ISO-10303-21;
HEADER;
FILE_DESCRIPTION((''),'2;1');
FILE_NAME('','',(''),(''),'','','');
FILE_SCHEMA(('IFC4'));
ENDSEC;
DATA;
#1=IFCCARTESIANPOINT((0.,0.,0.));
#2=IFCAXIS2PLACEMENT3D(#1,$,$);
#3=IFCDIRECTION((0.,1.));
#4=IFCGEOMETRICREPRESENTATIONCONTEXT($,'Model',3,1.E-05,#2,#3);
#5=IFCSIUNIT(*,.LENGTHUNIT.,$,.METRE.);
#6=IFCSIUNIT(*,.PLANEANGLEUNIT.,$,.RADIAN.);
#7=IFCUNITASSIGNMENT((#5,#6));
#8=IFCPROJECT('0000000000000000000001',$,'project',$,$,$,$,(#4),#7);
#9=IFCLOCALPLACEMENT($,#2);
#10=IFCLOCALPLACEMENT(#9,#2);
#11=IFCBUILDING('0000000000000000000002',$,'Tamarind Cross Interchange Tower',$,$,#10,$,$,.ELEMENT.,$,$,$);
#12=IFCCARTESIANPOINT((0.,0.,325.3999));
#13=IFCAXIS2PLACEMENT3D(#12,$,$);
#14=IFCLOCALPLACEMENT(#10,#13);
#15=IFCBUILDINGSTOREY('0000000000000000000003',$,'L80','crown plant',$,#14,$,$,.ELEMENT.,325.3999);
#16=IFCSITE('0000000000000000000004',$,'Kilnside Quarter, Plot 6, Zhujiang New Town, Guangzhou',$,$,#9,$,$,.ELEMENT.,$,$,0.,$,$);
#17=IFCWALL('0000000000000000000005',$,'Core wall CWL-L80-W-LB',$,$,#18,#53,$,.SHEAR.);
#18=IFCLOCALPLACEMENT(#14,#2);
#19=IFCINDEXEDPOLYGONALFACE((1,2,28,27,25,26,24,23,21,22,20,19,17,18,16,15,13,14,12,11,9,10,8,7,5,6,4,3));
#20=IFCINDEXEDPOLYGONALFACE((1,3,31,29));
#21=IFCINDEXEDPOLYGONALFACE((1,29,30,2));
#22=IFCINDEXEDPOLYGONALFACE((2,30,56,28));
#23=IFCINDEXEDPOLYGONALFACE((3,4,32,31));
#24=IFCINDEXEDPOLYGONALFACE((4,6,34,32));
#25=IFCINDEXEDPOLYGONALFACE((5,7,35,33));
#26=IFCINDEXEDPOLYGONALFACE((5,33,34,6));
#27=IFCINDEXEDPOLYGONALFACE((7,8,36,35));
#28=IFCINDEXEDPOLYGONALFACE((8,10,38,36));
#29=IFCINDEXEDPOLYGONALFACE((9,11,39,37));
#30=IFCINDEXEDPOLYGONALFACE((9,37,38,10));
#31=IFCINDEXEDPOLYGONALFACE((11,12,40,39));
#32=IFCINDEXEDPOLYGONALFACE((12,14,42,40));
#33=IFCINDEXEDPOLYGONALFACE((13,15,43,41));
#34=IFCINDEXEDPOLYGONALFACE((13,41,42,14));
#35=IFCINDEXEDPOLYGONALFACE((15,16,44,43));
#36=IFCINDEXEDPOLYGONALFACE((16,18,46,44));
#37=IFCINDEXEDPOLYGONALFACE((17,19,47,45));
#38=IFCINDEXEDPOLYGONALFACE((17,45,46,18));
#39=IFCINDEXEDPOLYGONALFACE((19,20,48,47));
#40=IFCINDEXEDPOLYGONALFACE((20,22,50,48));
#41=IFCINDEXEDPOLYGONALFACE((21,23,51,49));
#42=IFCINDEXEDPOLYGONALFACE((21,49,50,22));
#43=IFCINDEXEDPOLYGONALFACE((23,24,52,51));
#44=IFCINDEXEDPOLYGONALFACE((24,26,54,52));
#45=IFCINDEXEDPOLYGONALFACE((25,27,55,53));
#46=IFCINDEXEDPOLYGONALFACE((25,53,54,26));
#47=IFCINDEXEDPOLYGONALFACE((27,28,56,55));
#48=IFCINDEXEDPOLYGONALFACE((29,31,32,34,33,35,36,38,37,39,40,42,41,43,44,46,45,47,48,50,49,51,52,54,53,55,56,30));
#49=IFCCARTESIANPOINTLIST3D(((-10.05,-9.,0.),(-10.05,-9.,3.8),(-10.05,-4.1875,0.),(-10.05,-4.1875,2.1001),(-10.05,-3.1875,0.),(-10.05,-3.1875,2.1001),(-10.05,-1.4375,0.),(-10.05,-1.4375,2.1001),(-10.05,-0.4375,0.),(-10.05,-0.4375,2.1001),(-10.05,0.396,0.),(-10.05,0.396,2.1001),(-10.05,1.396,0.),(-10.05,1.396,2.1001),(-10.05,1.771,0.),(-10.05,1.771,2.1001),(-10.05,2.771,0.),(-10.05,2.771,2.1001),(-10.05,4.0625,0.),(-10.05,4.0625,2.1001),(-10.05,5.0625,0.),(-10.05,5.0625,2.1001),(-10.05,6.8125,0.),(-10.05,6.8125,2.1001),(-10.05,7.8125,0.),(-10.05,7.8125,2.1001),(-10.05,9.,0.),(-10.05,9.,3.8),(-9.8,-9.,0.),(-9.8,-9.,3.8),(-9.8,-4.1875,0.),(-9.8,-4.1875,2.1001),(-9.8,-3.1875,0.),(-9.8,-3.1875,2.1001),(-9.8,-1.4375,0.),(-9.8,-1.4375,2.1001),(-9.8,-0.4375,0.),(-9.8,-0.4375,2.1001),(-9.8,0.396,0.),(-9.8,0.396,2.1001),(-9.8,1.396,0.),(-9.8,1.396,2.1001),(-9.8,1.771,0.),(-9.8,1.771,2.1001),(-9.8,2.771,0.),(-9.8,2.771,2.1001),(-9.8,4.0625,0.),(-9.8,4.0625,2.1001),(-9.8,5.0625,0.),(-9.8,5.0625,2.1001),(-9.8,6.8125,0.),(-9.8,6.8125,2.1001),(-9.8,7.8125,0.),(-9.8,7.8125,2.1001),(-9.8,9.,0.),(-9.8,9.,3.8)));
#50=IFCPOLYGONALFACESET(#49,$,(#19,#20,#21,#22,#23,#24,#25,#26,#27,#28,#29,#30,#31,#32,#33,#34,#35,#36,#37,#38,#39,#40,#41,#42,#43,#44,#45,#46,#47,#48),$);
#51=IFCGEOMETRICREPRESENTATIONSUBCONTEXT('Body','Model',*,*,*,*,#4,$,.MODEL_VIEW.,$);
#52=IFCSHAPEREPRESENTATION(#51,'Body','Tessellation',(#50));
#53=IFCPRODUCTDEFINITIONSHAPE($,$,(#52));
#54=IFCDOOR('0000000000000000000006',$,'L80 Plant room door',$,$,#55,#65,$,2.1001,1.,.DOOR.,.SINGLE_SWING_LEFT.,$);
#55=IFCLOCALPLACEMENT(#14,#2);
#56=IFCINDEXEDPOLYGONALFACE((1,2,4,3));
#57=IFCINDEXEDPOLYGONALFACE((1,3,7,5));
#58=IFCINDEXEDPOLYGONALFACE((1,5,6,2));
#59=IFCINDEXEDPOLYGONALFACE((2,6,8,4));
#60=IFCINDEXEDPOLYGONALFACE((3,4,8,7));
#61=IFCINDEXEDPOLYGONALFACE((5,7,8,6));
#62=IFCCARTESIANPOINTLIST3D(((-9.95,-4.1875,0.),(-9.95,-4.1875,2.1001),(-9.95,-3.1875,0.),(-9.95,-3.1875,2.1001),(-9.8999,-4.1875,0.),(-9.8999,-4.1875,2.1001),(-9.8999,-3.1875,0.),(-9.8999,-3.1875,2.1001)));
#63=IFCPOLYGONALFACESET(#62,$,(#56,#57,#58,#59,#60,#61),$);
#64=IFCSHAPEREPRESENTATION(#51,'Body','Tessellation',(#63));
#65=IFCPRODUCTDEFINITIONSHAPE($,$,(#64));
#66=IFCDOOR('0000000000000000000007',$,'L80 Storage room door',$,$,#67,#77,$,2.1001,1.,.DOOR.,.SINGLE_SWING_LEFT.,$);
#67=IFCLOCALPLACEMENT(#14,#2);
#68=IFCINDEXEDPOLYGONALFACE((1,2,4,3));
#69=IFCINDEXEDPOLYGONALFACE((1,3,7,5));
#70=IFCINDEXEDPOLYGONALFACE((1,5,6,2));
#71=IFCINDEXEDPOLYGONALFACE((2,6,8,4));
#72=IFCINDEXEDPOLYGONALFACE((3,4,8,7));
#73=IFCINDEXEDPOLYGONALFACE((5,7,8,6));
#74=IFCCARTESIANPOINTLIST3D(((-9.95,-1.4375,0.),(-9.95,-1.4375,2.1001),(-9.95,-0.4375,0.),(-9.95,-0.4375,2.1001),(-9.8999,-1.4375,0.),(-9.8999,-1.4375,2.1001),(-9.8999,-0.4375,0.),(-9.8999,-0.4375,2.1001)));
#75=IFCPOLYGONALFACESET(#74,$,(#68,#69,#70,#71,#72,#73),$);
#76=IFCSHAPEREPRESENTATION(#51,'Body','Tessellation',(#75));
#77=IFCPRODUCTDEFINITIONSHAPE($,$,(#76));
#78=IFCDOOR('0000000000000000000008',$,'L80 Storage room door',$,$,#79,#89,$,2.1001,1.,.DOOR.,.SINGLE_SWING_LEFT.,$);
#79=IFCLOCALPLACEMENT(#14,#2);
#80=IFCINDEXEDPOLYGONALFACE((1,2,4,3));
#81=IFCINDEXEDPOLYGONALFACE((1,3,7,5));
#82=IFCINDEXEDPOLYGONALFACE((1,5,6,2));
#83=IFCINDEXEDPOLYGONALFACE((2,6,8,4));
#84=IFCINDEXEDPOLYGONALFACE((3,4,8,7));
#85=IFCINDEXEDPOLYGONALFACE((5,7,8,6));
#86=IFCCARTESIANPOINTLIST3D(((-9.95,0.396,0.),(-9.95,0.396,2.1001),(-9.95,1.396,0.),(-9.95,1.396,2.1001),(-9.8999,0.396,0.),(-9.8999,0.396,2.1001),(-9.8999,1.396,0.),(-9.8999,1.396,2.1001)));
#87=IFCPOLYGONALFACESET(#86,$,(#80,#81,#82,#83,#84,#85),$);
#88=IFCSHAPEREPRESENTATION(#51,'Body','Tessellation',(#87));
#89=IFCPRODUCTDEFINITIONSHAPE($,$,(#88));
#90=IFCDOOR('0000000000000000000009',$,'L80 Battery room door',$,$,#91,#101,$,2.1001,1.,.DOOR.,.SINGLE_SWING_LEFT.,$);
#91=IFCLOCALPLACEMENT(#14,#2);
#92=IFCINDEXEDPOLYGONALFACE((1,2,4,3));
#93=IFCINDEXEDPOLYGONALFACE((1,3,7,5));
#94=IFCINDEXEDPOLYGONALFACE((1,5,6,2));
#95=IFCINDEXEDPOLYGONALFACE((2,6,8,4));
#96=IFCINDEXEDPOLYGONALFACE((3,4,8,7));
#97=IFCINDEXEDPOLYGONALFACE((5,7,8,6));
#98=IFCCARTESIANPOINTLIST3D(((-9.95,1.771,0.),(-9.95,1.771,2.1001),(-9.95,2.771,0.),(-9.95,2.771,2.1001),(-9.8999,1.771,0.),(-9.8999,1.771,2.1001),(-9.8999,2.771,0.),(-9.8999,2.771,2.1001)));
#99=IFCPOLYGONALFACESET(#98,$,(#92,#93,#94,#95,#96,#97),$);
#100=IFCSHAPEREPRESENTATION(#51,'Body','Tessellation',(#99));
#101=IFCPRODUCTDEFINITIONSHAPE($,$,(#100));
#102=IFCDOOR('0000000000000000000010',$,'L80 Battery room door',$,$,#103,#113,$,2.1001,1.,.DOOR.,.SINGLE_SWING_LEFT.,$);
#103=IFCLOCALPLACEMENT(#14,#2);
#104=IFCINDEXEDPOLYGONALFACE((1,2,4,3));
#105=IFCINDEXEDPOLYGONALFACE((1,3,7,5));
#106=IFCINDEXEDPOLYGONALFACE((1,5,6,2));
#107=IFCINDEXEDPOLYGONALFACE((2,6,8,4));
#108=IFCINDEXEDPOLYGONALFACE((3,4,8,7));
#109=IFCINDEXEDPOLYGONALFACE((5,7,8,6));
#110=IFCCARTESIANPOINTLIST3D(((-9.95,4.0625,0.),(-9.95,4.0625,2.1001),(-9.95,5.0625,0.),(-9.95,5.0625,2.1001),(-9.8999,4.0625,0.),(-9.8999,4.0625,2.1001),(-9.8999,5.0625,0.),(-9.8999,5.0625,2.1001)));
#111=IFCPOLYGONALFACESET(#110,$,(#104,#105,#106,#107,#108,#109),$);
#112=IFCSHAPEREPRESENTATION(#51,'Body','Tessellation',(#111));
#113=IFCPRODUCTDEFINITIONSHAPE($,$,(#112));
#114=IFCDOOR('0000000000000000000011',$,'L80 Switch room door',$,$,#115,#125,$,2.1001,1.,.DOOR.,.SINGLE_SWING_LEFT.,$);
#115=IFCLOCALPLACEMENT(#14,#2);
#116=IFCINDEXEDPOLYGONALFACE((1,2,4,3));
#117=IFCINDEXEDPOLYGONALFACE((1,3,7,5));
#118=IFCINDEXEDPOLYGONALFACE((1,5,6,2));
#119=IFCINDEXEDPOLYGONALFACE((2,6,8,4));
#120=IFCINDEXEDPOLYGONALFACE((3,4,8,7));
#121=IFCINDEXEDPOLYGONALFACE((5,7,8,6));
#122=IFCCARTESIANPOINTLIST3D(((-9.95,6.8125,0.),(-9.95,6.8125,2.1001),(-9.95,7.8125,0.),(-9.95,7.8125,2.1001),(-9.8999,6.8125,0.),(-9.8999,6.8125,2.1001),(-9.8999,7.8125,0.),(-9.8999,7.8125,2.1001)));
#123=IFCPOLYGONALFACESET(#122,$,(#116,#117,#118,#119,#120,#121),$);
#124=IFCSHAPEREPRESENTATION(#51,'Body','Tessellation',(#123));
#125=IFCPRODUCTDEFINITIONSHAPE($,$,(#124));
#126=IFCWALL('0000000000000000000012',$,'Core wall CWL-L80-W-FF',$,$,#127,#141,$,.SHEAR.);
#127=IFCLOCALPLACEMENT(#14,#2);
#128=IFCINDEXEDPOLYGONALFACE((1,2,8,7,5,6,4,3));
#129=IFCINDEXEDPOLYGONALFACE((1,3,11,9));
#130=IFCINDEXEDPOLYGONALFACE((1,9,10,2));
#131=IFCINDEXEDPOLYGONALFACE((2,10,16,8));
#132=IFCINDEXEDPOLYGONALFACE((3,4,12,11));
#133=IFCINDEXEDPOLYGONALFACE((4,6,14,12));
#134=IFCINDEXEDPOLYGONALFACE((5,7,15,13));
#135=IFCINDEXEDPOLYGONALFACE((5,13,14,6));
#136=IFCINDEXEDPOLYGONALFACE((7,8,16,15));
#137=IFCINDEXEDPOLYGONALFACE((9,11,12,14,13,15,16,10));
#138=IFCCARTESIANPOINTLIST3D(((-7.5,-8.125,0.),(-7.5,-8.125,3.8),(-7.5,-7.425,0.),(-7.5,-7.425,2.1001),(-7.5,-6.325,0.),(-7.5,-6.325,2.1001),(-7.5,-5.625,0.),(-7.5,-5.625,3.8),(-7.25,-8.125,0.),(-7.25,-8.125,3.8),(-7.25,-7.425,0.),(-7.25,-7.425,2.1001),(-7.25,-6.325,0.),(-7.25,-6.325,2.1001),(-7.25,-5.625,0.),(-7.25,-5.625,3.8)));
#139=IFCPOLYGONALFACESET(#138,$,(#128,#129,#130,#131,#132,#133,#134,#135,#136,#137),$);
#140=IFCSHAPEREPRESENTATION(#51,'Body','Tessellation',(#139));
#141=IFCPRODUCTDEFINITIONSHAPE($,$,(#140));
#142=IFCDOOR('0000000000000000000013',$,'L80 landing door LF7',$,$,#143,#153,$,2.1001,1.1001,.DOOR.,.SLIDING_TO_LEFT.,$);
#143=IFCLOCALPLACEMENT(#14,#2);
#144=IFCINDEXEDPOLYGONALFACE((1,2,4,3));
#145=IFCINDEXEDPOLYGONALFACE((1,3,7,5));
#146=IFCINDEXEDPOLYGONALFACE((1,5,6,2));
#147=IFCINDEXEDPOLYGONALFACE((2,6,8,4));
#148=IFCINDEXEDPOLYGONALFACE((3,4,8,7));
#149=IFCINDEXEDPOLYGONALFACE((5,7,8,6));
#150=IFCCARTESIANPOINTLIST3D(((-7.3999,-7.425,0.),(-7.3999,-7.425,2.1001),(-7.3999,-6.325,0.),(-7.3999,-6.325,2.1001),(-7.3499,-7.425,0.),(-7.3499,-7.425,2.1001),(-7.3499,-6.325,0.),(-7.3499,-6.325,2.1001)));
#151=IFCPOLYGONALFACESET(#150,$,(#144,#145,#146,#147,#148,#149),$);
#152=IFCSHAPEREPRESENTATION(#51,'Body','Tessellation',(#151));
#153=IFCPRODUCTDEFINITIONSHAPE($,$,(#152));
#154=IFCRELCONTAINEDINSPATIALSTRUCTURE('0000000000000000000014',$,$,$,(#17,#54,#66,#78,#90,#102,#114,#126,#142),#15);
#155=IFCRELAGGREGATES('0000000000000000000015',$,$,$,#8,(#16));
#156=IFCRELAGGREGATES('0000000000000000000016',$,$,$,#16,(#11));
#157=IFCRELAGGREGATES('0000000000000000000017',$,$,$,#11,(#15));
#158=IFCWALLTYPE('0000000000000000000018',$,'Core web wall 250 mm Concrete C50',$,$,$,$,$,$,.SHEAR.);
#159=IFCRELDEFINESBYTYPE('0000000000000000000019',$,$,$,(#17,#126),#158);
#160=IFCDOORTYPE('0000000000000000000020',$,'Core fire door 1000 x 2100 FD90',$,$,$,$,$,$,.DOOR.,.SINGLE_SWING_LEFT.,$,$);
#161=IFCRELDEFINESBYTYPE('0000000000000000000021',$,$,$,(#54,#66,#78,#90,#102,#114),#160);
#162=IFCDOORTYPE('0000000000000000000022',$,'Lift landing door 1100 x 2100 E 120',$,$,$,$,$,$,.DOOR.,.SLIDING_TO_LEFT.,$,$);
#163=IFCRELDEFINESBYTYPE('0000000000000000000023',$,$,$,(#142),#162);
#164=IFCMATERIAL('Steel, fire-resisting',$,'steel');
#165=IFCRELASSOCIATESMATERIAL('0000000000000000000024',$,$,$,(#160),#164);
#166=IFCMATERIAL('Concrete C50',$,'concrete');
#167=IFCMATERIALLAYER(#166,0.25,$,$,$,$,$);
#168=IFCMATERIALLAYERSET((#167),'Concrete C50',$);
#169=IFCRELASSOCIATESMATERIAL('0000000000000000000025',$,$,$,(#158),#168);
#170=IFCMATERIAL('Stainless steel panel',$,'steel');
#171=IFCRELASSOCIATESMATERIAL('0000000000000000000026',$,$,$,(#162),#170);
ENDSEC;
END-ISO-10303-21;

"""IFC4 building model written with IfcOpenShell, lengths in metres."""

from ifc_helpers import new_model, si_unit, direction, frame, frame_2d, origin, place, context, subcontext, project, spatial, rectangle, extrude, material, layer, layer_set, type_object, element, fill, save


model = new_model("IFC4")

# Units and contexts
model_context = context("Model", 3, precision=1e-05, world=origin(), true_north=direction((0.0, 1.0)))
body_context = subcontext(model_context, "Body", "Model", "MODEL_VIEW")
ifc_project = project(units=[si_unit("LENGTHUNIT", "METRE"), si_unit("PLANEANGLEUNIT", "RADIAN")], contexts=[model_context])

# Site, building, storey
site_placement = place(None, origin())
site = spatial("IfcSite", under=ifc_project, at=site_placement, Name="Kilnside Quarter, Plot 6, Zhujiang New Town, Guangzhou", CompositionType="ELEMENT", RefElevation=0.0)
building_placement = place(site_placement, origin())
building = spatial("IfcBuilding", under=site, at=building_placement, Name="Tamarind Cross Interchange Tower", CompositionType="ELEMENT")
storey_placement = place(building_placement, frame((0.0, 0.0, 325.3999)))
storey = spatial("IfcBuildingStorey", under=building, at=storey_placement, Name="L80", Description="crown plant", CompositionType="ELEMENT", Elevation=325.3999)

# Wall, openings, doors
ifc_material_1 = material(Name="Concrete C50", Category="concrete")
ifc_material_2 = material(Name="Steel, fire-resisting", Category="steel")
door_type_1 = type_object("IfcDoorType", Name="Core fire door 1000 x 2100 FD90", OperationType="SINGLE_SWING_LEFT", PredefinedType="DOOR", material=ifc_material_2)
ifc_layer_1 = layer(ifc_material_1, 0.25)
ifc_layer_set_1 = layer_set([ifc_layer_1], Name="Concrete C50")
wall_type_1 = type_object("IfcWallType", Name="Core web wall 250 mm Concrete C50", PredefinedType="SHEAR", material=ifc_layer_set_1)
ifc_material_3 = material(Name="Stainless steel panel", Category="steel")
wall_1_placement = place(storey_placement, frame((-9.925, -9.0, 0.0), z_axis=(0.0, 0.0, 1.0), x_axis=(0.0, 1.0, 0.0)))
wall_1 = element("IfcWall", 1, at=wall_1_placement, inside=storey, type_object=wall_type_1, Name="Core wall CWL-L80-W-LB", PredefinedType="SHEAR", context=body_context, shape_type="SweptSolid", body=[
    extrude(rectangle(XDim=18.0, YDim=0.25, at=frame_2d((9.0, 0.0))), origin(), (0.0, 0.0, 1.0), 3.8),
])
opening_1_placement = place(wall_1_placement, frame((4.8125, 0.0, 0.0)))
opening_1 = element("IfcOpeningElement", 2, at=opening_1_placement, cuts=wall_1, PredefinedType="OPENING", context=body_context, shape_type="SweptSolid", body=[
    extrude(rectangle(XDim=1.0, YDim=2.1001, at=frame_2d((0.5, 1.05))), frame((0.0, 0.135, 0.0), z_axis=(0.0, -1.0, 0.0), x_axis=(1.0, 0.0, 0.0)), (0.0, 0.0, 1.0), 0.27),
])
opening_2_placement = place(wall_1_placement, frame((7.5625, 0.0, 0.0)))
opening_2 = element("IfcOpeningElement", 3, at=opening_2_placement, cuts=wall_1, PredefinedType="OPENING", context=body_context, shape_type="SweptSolid", body=[
    extrude(rectangle(XDim=1.0, YDim=2.1001, at=frame_2d((0.5, 1.05))), frame((0.0, 0.135, 0.0), z_axis=(0.0, -1.0, 0.0), x_axis=(1.0, 0.0, 0.0)), (0.0, 0.0, 1.0), 0.27),
])
opening_3_placement = place(wall_1_placement, frame((9.396, 0.0, 0.0)))
opening_3 = element("IfcOpeningElement", 4, at=opening_3_placement, cuts=wall_1, PredefinedType="OPENING", context=body_context, shape_type="SweptSolid", body=[
    extrude(rectangle(XDim=1.0, YDim=2.1001, at=frame_2d((0.5, 1.05))), frame((0.0, 0.135, 0.0), z_axis=(0.0, -1.0, 0.0), x_axis=(1.0, 0.0, 0.0)), (0.0, 0.0, 1.0), 0.27),
])
opening_4_placement = place(wall_1_placement, frame((10.771, 0.0, 0.0)))
opening_4 = element("IfcOpeningElement", 5, at=opening_4_placement, cuts=wall_1, PredefinedType="OPENING", context=body_context, shape_type="SweptSolid", body=[
    extrude(rectangle(XDim=1.0, YDim=2.1001, at=frame_2d((0.5, 1.05))), frame((0.0, 0.135, 0.0), z_axis=(0.0, -1.0, 0.0), x_axis=(1.0, 0.0, 0.0)), (0.0, 0.0, 1.0), 0.27),
])
opening_5_placement = place(wall_1_placement, frame((13.0625, 0.0, 0.0)))
opening_5 = element("IfcOpeningElement", 6, at=opening_5_placement, cuts=wall_1, PredefinedType="OPENING", context=body_context, shape_type="SweptSolid", body=[
    extrude(rectangle(XDim=1.0, YDim=2.1001, at=frame_2d((0.5, 1.05))), frame((0.0, 0.135, 0.0), z_axis=(0.0, -1.0, 0.0), x_axis=(1.0, 0.0, 0.0)), (0.0, 0.0, 1.0), 0.27),
])
opening_6_placement = place(wall_1_placement, frame((15.8125, 0.0, 0.0)))
opening_6 = element("IfcOpeningElement", 7, at=opening_6_placement, cuts=wall_1, PredefinedType="OPENING", context=body_context, shape_type="SweptSolid", body=[
    extrude(rectangle(XDim=1.0, YDim=2.1001, at=frame_2d((0.5, 1.05))), frame((0.0, 0.135, 0.0), z_axis=(0.0, -1.0, 0.0), x_axis=(1.0, 0.0, 0.0)), (0.0, 0.0, 1.0), 0.27),
])
door_1_placement = place(opening_1_placement, origin())
door_1 = element("IfcDoor", 8, at=door_1_placement, inside=storey, type_object=door_type_1, Name="L80 Plant room door", OperationType="SINGLE_SWING_LEFT", OverallHeight=2.1001, OverallWidth=1.0, PredefinedType="DOOR", context=body_context, shape_type="SweptSolid", body=[
    extrude(rectangle(XDim=1.0, YDim=2.1001, at=frame_2d((0.5, 1.05))), frame((0.0, 0.0249, 0.0), z_axis=(0.0, -1.0, 0.0), x_axis=(1.0, 0.0, 0.0)), (0.0, 0.0, 1.0), 0.05),
])
fill(opening_1, door_1)
door_2_placement = place(opening_2_placement, origin())
door_2 = element("IfcDoor", 9, at=door_2_placement, inside=storey, type_object=door_type_1, Name="L80 Storage room door", OperationType="SINGLE_SWING_LEFT", OverallHeight=2.1001, OverallWidth=1.0, PredefinedType="DOOR", context=body_context, shape_type="SweptSolid", body=[
    extrude(rectangle(XDim=1.0, YDim=2.1001, at=frame_2d((0.5, 1.05))), frame((0.0, 0.0249, 0.0), z_axis=(0.0, -1.0, 0.0), x_axis=(1.0, 0.0, 0.0)), (0.0, 0.0, 1.0), 0.05),
])
fill(opening_2, door_2)
door_3_placement = place(opening_3_placement, origin())
door_3 = element("IfcDoor", 10, at=door_3_placement, inside=storey, type_object=door_type_1, Name="L80 Storage room door", OperationType="SINGLE_SWING_LEFT", OverallHeight=2.1001, OverallWidth=1.0, PredefinedType="DOOR", context=body_context, shape_type="SweptSolid", body=[
    extrude(rectangle(XDim=1.0, YDim=2.1001, at=frame_2d((0.5, 1.05))), frame((0.0, 0.0249, 0.0), z_axis=(0.0, -1.0, 0.0), x_axis=(1.0, 0.0, 0.0)), (0.0, 0.0, 1.0), 0.05),
])
fill(opening_3, door_3)
door_4_placement = place(opening_4_placement, origin())
door_4 = element("IfcDoor", 11, at=door_4_placement, inside=storey, type_object=door_type_1, Name="L80 Battery room door", OperationType="SINGLE_SWING_LEFT", OverallHeight=2.1001, OverallWidth=1.0, PredefinedType="DOOR", context=body_context, shape_type="SweptSolid", body=[
    extrude(rectangle(XDim=1.0, YDim=2.1001, at=frame_2d((0.5, 1.05))), frame((0.0, 0.0249, 0.0), z_axis=(0.0, -1.0, 0.0), x_axis=(1.0, 0.0, 0.0)), (0.0, 0.0, 1.0), 0.05),
])
fill(opening_4, door_4)
door_5_placement = place(opening_5_placement, origin())
door_5 = element("IfcDoor", 12, at=door_5_placement, inside=storey, type_object=door_type_1, Name="L80 Battery room door", OperationType="SINGLE_SWING_LEFT", OverallHeight=2.1001, OverallWidth=1.0, PredefinedType="DOOR", context=body_context, shape_type="SweptSolid", body=[
    extrude(rectangle(XDim=1.0, YDim=2.1001, at=frame_2d((0.5, 1.05))), frame((0.0, 0.0249, 0.0), z_axis=(0.0, -1.0, 0.0), x_axis=(1.0, 0.0, 0.0)), (0.0, 0.0, 1.0), 0.05),
])
fill(opening_5, door_5)
door_6_placement = place(opening_6_placement, origin())
door_6 = element("IfcDoor", 13, at=door_6_placement, inside=storey, type_object=door_type_1, Name="L80 Switch room door", OperationType="SINGLE_SWING_LEFT", OverallHeight=2.1001, OverallWidth=1.0, PredefinedType="DOOR", context=body_context, shape_type="SweptSolid", body=[
    extrude(rectangle(XDim=1.0, YDim=2.1001, at=frame_2d((0.5, 1.05))), frame((0.0, 0.0249, 0.0), z_axis=(0.0, -1.0, 0.0), x_axis=(1.0, 0.0, 0.0)), (0.0, 0.0, 1.0), 0.05),
])
fill(opening_6, door_6)

# Wall, opening, door
wall_2_placement = place(storey_placement, frame((-7.375, -8.125, 0.0), z_axis=(0.0, 0.0, 1.0), x_axis=(0.0, 1.0, 0.0)))
wall_2 = element("IfcWall", 14, at=wall_2_placement, inside=storey, type_object=wall_type_1, Name="Core wall CWL-L80-W-FF", PredefinedType="SHEAR", context=body_context, shape_type="SweptSolid", body=[
    extrude(rectangle(XDim=2.5, YDim=0.25, at=frame_2d((1.25, 0.0))), origin(), (0.0, 0.0, 1.0), 3.8),
])
opening_7_placement = place(wall_2_placement, frame((0.7, 0.0, 0.0)))
opening_7 = element("IfcOpeningElement", 15, at=opening_7_placement, cuts=wall_2, PredefinedType="OPENING", context=body_context, shape_type="SweptSolid", body=[
    extrude(rectangle(XDim=1.1001, YDim=2.1001, at=frame_2d((0.55, 1.05))), frame((0.0, 0.135, 0.0), z_axis=(0.0, -1.0, 0.0), x_axis=(1.0, 0.0, 0.0)), (0.0, 0.0, 1.0), 0.27),
])
door_type_2 = type_object("IfcDoorType", Name="Lift landing door 1100 x 2100 E 120", OperationType="SLIDING_TO_LEFT", PredefinedType="DOOR", material=ifc_material_3)
door_7_placement = place(opening_7_placement, origin())
door_7 = element("IfcDoor", 16, at=door_7_placement, inside=storey, type_object=door_type_2, Name="L80 landing door LF7", OperationType="SLIDING_TO_LEFT", OverallHeight=2.1001, OverallWidth=1.1001, PredefinedType="DOOR", context=body_context, shape_type="SweptSolid", body=[
    extrude(rectangle(XDim=1.1001, YDim=2.1001, at=frame_2d((0.55, 1.05))), frame((0.0, 0.0249, 0.0), z_axis=(0.0, -1.0, 0.0), x_axis=(1.0, 0.0, 0.0)), (0.0, 0.0, 1.0), 0.05),
])
fill(opening_7, door_7)

save(model, "model.ifc")
